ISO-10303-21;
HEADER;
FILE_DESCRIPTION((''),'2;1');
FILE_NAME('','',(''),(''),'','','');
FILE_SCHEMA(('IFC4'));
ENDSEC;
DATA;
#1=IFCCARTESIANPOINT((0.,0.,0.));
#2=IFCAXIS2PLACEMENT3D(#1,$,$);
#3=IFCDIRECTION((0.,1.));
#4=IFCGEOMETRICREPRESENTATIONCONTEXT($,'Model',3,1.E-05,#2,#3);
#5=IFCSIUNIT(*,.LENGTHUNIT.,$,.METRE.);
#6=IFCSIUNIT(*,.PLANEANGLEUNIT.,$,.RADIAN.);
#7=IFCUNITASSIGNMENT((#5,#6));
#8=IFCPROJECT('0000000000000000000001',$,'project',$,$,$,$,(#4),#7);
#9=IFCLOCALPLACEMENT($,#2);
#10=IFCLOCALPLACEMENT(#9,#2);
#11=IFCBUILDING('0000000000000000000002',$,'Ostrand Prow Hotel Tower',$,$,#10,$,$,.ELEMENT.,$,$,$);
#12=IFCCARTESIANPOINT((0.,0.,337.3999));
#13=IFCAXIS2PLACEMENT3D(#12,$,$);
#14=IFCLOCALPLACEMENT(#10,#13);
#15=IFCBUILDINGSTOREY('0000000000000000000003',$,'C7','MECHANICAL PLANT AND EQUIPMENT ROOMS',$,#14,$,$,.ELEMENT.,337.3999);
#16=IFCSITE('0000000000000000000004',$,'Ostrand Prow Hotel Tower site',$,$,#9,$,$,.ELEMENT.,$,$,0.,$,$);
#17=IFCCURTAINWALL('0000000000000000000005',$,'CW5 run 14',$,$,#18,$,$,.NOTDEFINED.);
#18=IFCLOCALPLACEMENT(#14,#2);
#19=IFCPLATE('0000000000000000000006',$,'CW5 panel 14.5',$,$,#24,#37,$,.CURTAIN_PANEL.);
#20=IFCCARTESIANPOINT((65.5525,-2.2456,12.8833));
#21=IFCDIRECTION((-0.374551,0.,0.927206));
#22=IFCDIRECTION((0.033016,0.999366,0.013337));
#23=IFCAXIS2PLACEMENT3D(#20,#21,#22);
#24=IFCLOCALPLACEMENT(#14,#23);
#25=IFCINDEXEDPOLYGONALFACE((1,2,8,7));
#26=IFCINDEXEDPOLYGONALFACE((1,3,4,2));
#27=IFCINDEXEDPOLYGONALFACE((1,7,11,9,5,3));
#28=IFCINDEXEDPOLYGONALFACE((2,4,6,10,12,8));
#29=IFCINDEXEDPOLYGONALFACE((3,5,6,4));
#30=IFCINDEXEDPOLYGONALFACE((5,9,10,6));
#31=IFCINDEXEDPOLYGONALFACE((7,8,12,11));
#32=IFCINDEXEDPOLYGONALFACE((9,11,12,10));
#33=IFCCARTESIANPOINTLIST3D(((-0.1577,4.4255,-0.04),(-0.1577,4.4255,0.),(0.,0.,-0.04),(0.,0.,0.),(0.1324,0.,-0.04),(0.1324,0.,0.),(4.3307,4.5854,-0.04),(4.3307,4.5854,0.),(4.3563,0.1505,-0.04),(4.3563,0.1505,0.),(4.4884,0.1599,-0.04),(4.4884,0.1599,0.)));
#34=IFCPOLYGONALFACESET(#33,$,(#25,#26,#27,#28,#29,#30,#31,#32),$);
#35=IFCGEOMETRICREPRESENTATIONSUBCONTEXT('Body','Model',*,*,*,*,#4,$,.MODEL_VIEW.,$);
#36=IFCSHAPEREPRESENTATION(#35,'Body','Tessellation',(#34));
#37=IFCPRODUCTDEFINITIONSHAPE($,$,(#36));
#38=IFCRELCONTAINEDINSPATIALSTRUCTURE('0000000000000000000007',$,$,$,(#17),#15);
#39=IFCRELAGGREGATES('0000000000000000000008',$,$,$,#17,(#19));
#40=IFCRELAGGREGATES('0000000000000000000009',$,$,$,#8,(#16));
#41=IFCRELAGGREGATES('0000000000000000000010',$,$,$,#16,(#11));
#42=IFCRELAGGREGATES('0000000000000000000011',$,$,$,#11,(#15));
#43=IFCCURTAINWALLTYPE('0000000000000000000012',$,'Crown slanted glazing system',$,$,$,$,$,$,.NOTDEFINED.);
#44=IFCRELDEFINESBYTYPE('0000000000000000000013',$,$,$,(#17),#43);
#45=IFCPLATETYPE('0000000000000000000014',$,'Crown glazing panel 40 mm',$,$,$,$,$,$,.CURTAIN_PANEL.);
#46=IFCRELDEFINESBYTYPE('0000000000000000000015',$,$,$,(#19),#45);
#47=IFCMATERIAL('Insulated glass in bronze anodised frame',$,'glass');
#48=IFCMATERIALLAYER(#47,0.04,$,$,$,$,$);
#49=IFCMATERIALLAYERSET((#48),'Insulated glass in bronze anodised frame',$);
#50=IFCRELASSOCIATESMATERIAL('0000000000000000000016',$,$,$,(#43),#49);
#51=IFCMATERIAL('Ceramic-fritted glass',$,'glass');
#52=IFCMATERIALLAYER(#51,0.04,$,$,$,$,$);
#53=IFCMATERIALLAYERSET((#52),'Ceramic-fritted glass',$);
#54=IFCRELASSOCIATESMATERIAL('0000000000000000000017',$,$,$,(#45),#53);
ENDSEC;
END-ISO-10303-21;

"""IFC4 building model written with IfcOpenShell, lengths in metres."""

from ifc_helpers import new_model, si_unit, direction, frame, origin, place, context, subcontext, project, spatial, polyline, outline, extrude, material, layer, layer_set, type_object, element, aggregate, save


model = new_model("IFC4")

# Units and contexts
model_context = context("Model", 3, precision=1e-05, world=origin(), true_north=direction((0.0, 1.0)))
body_context = subcontext(model_context, "Body", "Model", "MODEL_VIEW")
ifc_project = project(units=[si_unit("LENGTHUNIT", "METRE"), si_unit("PLANEANGLEUNIT", "RADIAN")], contexts=[model_context])

# Site, building, storey
site_placement = place(None, origin())
site = spatial("IfcSite", under=ifc_project, at=site_placement, Name="Ostrand Prow Hotel Tower site", CompositionType="ELEMENT", RefElevation=0.0)
building_placement = place(site_placement, origin())
building = spatial("IfcBuilding", under=site, at=building_placement, Name="Ostrand Prow Hotel Tower", CompositionType="ELEMENT")
storey_placement = place(building_placement, frame((0.0, 0.0, 337.3999)))
storey = spatial("IfcBuildingStorey", under=building, at=storey_placement, Name="C7", Description="MECHANICAL PLANT AND EQUIPMENT ROOMS", CompositionType="ELEMENT", Elevation=337.3999)

# Shared definitions
ifc_material_1 = material(Name="Insulated glass in bronze anodised frame", Category="glass")
ifc_layer_1 = layer(ifc_material_1, 0.04)
ifc_layer_set_1 = layer_set([ifc_layer_1], Name="Insulated glass in bronze anodised frame")
curtain_wall_type = type_object("IfcCurtainWallType", Name="Crown slanted glazing system", PredefinedType="NOTDEFINED", material=ifc_layer_set_1)
ifc_material_2 = material(Name="Ceramic-fritted glass", Category="glass")
ifc_layer_2 = layer(ifc_material_2, 0.04)
ifc_layer_set_2 = layer_set([ifc_layer_2], Name="Ceramic-fritted glass")
plate_type_1 = type_object("IfcPlateType", Name="Crown glazing panel 40 mm", PredefinedType="CURTAIN_PANEL", material=ifc_layer_set_2)

# Curtain wall, plate
curtain_wall_1_placement = place(storey_placement, origin())
curtain_wall_1 = element("IfcCurtainWall", 1, at=curtain_wall_1_placement, inside=storey, type_object=curtain_wall_type, Name="CW5 run 14", PredefinedType="NOTDEFINED")
plate_1_placement = place(storey_placement, frame((65.5525, -2.2456, 12.8833), z_axis=(-0.374551, 0.0, 0.927206), x_axis=(0.033016, 0.999366, 0.013337)))
plate_1 = element("IfcPlate", 2, at=plate_1_placement, type_object=plate_type_1, Name="CW5 panel 14.5", PredefinedType="CURTAIN_PANEL", context=body_context, shape_type="SweptSolid", body=[
    extrude(outline(polyline([(0.0, 0.0), (0.1324, 0.0), (4.3563, 0.1505), (4.4884, 0.1599), (4.3307, 4.5854), (-0.1577, 4.4255), (0.0, 0.0)])), origin(), (0.0, 0.0, -1.0), 0.04),
])

aggregate(curtain_wall_1, [plate_1])

save(model, "model.ifc")
